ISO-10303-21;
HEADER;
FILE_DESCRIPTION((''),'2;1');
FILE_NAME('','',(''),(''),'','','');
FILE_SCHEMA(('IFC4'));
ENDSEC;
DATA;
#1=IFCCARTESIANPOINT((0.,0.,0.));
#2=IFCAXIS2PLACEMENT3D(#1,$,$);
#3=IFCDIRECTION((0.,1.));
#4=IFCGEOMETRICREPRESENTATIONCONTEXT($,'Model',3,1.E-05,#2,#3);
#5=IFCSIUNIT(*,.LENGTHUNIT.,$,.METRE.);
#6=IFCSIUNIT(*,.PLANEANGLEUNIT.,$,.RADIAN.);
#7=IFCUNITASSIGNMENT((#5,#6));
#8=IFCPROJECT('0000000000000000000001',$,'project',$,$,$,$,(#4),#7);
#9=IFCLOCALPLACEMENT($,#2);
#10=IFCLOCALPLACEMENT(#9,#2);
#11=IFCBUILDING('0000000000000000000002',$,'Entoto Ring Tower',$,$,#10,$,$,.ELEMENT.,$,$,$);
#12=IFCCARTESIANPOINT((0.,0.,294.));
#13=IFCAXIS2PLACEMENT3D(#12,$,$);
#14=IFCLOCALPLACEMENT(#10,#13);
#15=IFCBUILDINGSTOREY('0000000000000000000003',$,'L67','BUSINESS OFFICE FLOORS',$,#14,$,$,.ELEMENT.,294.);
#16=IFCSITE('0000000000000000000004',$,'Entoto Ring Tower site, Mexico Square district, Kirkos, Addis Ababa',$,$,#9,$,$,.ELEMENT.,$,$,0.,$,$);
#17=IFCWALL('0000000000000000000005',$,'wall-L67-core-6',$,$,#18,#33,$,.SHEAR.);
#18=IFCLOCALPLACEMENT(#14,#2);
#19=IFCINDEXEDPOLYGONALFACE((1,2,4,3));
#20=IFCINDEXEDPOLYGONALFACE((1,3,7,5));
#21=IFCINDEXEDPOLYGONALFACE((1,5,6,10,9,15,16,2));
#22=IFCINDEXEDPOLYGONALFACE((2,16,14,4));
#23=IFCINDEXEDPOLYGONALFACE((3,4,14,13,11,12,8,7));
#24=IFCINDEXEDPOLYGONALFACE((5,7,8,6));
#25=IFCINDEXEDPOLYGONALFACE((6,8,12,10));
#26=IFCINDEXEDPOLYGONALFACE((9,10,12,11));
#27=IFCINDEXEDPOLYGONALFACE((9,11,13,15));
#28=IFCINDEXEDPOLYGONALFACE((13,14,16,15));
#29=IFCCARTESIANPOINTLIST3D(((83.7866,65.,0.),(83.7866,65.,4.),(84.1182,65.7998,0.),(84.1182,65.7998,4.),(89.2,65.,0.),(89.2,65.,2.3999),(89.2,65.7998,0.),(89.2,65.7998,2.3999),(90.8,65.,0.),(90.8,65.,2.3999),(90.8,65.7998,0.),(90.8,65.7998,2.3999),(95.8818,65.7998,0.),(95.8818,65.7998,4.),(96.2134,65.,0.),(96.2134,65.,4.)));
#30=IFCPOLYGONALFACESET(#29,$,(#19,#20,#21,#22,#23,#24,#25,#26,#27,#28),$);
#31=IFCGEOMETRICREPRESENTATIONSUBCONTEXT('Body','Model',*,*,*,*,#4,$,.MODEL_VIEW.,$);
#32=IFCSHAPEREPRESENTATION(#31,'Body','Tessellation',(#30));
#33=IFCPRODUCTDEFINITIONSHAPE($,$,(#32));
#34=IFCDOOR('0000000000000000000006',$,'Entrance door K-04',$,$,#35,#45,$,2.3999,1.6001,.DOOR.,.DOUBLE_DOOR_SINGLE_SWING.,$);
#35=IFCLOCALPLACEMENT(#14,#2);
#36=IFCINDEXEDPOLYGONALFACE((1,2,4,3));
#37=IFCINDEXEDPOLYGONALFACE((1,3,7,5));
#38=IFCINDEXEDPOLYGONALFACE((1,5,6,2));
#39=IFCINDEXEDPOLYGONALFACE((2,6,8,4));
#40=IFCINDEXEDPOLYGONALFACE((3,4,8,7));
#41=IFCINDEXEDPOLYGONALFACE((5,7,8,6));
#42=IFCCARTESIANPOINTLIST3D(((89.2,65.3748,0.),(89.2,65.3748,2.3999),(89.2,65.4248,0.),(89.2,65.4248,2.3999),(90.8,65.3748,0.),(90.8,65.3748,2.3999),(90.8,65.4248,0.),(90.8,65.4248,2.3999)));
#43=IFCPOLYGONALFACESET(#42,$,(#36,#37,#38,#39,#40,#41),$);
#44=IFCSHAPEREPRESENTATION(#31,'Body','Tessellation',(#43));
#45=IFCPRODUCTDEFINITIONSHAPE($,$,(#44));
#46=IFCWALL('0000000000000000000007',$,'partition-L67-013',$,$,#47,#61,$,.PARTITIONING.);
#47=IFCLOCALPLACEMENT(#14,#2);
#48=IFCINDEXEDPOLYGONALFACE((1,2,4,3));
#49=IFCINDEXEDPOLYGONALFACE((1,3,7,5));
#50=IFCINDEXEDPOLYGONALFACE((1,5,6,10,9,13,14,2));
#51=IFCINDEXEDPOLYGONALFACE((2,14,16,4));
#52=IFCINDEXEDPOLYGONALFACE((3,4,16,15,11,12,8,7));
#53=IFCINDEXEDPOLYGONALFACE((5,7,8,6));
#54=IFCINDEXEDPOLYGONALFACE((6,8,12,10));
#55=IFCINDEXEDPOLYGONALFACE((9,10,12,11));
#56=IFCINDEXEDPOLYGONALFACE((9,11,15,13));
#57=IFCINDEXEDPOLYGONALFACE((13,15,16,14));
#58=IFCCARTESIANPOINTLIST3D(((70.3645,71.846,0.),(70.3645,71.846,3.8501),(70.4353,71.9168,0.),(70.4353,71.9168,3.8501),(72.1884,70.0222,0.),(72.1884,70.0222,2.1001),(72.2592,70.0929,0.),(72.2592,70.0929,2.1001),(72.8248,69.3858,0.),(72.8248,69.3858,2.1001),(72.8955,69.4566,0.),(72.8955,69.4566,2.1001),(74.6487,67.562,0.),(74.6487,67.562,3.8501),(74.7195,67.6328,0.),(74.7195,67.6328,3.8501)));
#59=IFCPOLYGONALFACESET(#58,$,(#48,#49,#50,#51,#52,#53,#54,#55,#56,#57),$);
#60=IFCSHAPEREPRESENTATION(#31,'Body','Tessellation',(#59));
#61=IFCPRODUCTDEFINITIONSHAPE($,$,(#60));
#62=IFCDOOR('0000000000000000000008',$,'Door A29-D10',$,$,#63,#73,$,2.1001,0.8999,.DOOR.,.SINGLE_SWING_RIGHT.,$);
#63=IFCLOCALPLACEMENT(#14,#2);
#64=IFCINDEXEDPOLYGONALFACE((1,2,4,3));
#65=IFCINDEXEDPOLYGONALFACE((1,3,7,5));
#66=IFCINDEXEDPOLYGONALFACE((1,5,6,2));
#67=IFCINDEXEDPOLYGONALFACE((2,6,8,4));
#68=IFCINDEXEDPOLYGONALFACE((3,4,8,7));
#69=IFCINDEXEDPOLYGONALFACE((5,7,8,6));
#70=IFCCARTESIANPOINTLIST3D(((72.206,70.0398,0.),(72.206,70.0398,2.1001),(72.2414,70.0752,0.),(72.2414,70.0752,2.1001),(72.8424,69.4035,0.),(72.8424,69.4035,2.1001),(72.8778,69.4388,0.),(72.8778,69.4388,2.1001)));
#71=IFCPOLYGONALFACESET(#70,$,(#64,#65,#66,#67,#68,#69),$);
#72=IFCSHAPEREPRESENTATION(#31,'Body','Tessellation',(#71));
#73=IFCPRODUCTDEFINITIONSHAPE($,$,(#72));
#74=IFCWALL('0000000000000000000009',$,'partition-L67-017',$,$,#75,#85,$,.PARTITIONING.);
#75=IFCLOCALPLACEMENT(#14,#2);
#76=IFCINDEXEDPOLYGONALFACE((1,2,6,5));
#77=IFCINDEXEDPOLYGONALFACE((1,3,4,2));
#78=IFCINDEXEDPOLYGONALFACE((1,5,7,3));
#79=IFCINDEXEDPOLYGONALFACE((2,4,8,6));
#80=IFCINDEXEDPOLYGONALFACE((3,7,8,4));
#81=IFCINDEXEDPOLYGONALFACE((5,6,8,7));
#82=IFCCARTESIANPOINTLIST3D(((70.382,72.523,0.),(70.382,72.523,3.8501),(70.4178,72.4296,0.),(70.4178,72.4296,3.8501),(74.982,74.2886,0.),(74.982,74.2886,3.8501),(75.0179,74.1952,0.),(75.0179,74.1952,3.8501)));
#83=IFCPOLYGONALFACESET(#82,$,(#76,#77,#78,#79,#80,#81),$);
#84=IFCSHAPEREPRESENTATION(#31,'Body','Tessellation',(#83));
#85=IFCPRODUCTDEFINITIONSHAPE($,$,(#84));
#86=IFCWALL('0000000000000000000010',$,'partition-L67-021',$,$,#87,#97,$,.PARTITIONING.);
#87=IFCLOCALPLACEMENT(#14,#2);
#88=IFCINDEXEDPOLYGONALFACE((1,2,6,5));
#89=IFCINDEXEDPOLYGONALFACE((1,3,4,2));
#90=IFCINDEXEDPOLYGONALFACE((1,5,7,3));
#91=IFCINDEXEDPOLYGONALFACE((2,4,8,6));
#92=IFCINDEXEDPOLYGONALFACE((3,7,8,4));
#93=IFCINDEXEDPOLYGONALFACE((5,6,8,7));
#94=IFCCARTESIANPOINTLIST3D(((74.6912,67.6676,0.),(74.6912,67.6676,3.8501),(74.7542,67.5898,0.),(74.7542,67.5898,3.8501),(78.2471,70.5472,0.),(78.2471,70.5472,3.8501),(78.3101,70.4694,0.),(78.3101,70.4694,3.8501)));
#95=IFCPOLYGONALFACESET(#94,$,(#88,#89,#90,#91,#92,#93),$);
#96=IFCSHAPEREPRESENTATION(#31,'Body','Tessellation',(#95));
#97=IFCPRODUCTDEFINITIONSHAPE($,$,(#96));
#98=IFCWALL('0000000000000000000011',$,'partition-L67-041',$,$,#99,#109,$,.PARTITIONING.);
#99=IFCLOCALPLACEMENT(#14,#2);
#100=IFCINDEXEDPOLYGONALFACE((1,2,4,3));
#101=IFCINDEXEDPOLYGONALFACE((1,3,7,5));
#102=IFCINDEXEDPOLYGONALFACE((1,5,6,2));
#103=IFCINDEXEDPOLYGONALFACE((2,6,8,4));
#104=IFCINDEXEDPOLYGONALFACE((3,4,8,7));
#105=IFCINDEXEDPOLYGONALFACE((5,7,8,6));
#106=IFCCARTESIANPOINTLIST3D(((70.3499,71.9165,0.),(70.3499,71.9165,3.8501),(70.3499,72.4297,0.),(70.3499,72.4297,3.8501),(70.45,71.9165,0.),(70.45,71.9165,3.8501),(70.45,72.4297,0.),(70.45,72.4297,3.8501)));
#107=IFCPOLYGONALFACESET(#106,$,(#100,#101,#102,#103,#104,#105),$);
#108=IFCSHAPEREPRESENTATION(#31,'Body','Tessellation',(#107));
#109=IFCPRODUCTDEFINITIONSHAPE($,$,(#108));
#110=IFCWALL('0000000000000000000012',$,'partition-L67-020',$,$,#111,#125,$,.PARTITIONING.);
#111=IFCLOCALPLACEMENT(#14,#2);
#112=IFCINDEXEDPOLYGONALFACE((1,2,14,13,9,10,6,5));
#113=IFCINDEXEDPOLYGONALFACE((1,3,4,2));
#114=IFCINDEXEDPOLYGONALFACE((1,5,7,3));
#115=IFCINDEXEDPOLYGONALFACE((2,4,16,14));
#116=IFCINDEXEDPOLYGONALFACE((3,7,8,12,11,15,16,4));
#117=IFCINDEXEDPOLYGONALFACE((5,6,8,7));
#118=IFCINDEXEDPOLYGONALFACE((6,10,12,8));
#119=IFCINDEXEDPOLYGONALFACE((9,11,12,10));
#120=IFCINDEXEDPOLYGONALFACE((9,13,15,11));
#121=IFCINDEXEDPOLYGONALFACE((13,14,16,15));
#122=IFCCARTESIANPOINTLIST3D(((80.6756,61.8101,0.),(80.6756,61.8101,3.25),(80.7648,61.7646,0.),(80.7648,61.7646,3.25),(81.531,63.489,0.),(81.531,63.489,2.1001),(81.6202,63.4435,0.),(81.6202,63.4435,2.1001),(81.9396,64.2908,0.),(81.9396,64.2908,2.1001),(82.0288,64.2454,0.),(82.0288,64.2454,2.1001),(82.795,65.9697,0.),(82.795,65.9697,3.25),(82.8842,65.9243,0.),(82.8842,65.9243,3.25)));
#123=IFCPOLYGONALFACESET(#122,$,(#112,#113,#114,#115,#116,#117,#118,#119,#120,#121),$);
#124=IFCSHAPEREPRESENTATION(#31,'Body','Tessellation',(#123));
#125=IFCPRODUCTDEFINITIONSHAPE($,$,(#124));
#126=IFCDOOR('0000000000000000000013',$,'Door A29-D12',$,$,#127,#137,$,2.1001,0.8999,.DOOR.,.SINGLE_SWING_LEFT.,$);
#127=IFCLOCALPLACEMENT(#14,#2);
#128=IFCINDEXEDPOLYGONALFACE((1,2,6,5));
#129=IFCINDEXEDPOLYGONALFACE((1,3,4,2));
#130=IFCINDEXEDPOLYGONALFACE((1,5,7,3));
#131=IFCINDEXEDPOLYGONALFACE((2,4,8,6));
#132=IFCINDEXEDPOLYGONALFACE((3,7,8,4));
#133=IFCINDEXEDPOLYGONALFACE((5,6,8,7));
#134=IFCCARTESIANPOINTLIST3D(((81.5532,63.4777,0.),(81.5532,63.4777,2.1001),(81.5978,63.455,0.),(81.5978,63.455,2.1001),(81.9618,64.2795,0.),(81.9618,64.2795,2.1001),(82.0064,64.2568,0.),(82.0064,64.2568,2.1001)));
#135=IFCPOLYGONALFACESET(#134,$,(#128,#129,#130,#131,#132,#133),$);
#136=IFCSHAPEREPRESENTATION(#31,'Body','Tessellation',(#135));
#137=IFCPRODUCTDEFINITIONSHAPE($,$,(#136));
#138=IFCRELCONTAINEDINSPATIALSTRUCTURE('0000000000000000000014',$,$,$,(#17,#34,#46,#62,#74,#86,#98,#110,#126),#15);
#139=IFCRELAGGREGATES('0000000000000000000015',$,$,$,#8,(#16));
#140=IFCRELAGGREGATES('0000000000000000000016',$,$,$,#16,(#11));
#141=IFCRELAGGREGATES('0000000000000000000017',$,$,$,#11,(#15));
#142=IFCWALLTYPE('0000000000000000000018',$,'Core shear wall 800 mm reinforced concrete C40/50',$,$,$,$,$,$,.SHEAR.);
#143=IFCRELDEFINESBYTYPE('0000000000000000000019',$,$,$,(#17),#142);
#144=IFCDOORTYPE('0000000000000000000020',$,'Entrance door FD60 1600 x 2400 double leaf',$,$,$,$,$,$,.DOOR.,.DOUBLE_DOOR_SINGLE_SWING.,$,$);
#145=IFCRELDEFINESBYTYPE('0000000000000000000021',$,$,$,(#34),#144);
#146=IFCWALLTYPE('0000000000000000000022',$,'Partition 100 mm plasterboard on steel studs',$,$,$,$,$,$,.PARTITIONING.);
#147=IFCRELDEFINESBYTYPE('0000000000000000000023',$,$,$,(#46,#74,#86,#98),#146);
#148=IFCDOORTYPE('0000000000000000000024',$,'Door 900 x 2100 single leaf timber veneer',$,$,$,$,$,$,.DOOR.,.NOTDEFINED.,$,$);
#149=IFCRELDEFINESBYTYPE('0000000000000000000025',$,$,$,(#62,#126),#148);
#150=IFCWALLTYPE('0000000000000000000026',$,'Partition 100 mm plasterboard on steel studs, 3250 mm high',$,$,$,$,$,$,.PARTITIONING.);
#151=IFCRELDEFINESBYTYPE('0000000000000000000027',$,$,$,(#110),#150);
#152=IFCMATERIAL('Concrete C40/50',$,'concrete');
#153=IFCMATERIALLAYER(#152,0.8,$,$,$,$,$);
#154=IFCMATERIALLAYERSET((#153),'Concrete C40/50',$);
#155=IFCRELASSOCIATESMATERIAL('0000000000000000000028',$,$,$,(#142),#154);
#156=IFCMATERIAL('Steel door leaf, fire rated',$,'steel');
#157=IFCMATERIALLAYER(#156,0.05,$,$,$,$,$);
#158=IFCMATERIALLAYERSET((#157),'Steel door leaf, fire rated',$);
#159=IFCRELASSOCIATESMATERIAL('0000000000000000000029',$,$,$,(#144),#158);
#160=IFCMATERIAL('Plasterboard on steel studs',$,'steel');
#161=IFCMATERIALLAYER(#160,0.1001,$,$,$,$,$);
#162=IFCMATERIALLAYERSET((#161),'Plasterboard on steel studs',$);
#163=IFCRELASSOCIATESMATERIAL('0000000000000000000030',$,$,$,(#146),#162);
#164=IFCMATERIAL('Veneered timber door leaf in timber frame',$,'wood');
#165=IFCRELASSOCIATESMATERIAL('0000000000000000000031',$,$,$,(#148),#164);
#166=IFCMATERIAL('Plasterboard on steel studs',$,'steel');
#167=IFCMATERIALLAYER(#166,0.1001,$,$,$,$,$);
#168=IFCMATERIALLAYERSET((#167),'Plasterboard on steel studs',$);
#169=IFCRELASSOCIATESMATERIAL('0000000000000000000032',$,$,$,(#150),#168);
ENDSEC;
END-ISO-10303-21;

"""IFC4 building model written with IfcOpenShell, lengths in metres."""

from ifc_helpers import new_model, si_unit, direction, frame, frame_2d, origin, place, context, subcontext, project, spatial, polyline, rectangle, outline, extrude, material, layer, layer_set, type_object, element, fill, save


model = new_model("IFC4")

# Units and contexts
model_context = context("Model", 3, precision=1e-05, world=origin(), true_north=direction((0.0, 1.0)))
body_context = subcontext(model_context, "Body", "Model", "MODEL_VIEW")
ifc_project = project(units=[si_unit("LENGTHUNIT", "METRE"), si_unit("PLANEANGLEUNIT", "RADIAN")], contexts=[model_context])

# Site, building, storey
site_placement = place(None, origin())
site = spatial("IfcSite", under=ifc_project, at=site_placement, Name="Entoto Ring Tower site, Mexico Square district, Kirkos, Addis Ababa", CompositionType="ELEMENT", RefElevation=0.0)
building_placement = place(site_placement, origin())
building = spatial("IfcBuilding", under=site, at=building_placement, Name="Entoto Ring Tower", CompositionType="ELEMENT")
storey_placement = place(building_placement, frame((0.0, 0.0, 294.0)))
storey = spatial("IfcBuildingStorey", under=building, at=storey_placement, Name="L67", Description="BUSINESS OFFICE FLOORS", CompositionType="ELEMENT", Elevation=294.0)

# Walls, openings, doors
ifc_material_1 = material(Name="Concrete C40/50", Category="concrete")
ifc_layer_1 = layer(ifc_material_1, 0.8)
ifc_layer_set_1 = layer_set([ifc_layer_1], Name="Concrete C40/50")
wall_type_1 = type_object("IfcWallType", Name="Core shear wall 800 mm reinforced concrete C40/50", PredefinedType="SHEAR", material=ifc_layer_set_1)
wall_1_placement = place(storey_placement, frame((83.9524, 65.3999, 0.0), z_axis=(0.0, 0.0, 1.0), x_axis=(1.0, 0.0, 0.0)))
wall_1 = element("IfcWall", 1, at=wall_1_placement, inside=storey, type_object=wall_type_1, Name="wall-L67-core-6", PredefinedType="SHEAR", context=body_context, shape_type="SweptSolid", body=[
    extrude(outline(polyline([(-0.1658, -0.3999), (12.261, -0.3999), (11.9294, 0.3999), (0.1658, 0.3999), (-0.1658, -0.3999)])), origin(), (0.0, 0.0, 1.0), 4.0),
])
opening_1_placement = place(wall_1_placement, frame((5.2476, 0.0, 0.0)))
opening_1 = element("IfcOpeningElement", 2, at=opening_1_placement, cuts=wall_1, PredefinedType="OPENING", context=body_context, shape_type="SweptSolid", body=[
    extrude(rectangle(XDim=1.6001, YDim=2.3999, at=frame_2d((0.8, 1.2))), frame((0.0, 0.4102, 0.0), z_axis=(0.0, -1.0, 0.0), x_axis=(1.0, 0.0, 0.0)), (0.0, 0.0, 1.0), 0.8201),
])
ifc_material_2 = material(Name="Steel door leaf, fire rated", Category="steel")
ifc_layer_2 = layer(ifc_material_2, 0.05)
ifc_layer_set_2 = layer_set([ifc_layer_2], Name="Steel door leaf, fire rated")
door_type_1 = type_object("IfcDoorType", Name="Entrance door FD60 1600 x 2400 double leaf", OperationType="DOUBLE_DOOR_SINGLE_SWING", PredefinedType="DOOR", material=ifc_layer_set_2)
door_1_placement = place(opening_1_placement, origin())
door_1 = element("IfcDoor", 3, at=door_1_placement, inside=storey, type_object=door_type_1, Name="Entrance door K-04", OperationType="DOUBLE_DOOR_SINGLE_SWING", OverallHeight=2.3999, OverallWidth=1.6001, PredefinedType="DOOR", context=body_context, shape_type="SweptSolid", body=[
    extrude(rectangle(XDim=1.6001, YDim=2.3999, at=frame_2d((0.8, 1.2))), frame((0.0, 0.0249, 0.0), z_axis=(0.0, -1.0, 0.0), x_axis=(1.0, 0.0, 0.0)), (0.0, 0.0, 1.0), 0.05),
])
fill(opening_1, door_1)
ifc_material_3 = material(Name="Plasterboard on steel studs", Category="steel")
ifc_layer_3 = layer(ifc_material_3, 0.1001)
ifc_layer_set_3 = layer_set([ifc_layer_3], Name="Plasterboard on steel studs")
wall_type_2 = type_object("IfcWallType", Name="Partition 100 mm plasterboard on steel studs", PredefinedType="PARTITIONING", material=ifc_layer_set_3)
wall_2_placement = place(storey_placement, frame((74.6841, 67.5974, 0.0), z_axis=(0.0, 0.0, 1.0), x_axis=(-0.707127, 0.707087, 0.0)))
wall_2 = element("IfcWall", 4, at=wall_2_placement, inside=storey, type_object=wall_type_2, Name="partition-L67-013", PredefinedType="PARTITIONING", context=body_context, shape_type="SweptSolid", body=[
    extrude(rectangle(XDim=6.0586, YDim=0.1001, at=frame_2d((3.0293, 0.0))), origin(), (0.0, 0.0, 1.0), 3.8501),
])
opening_2_placement = place(wall_2_placement, frame((2.5793, 0.0, 0.0)))
opening_2 = element("IfcOpeningElement", 5, at=opening_2_placement, cuts=wall_2, PredefinedType="OPENING", context=body_context, shape_type="SweptSolid", body=[
    extrude(rectangle(XDim=0.8999, YDim=2.1001, at=frame_2d((0.45, 1.05))), frame((0.0, 0.0601, 0.0), z_axis=(0.0, -1.0, 0.0), x_axis=(1.0, 0.0, 0.0)), (0.0, 0.0, 1.0), 0.1201),
])
ifc_material_4 = material(Name="Veneered timber door leaf in timber frame", Category="wood")
door_type_2 = type_object("IfcDoorType", Name="Door 900 x 2100 single leaf timber veneer", OperationType="NOTDEFINED", PredefinedType="DOOR", material=ifc_material_4)
door_2_placement = place(opening_2_placement, frame((0.8999, 0.0, 0.0), z_axis=(0.0, 0.0, 1.0), x_axis=(-1.0, 0.0, 0.0)))
door_2 = element("IfcDoor", 6, at=door_2_placement, inside=storey, type_object=door_type_2, Name="Door A29-D10", OperationType="SINGLE_SWING_RIGHT", OverallHeight=2.1001, OverallWidth=0.8999, PredefinedType="DOOR", context=body_context, shape_type="SweptSolid", body=[
    extrude(rectangle(XDim=0.8999, YDim=2.1001, at=frame_2d((0.45, 1.05))), frame((0.0, 0.0249, 0.0), z_axis=(0.0, -1.0, 0.0), x_axis=(1.0, 0.0, 0.0)), (0.0, 0.0, 1.0), 0.05),
])
fill(opening_2, door_2)

# Walls
wall_3_placement = place(storey_placement, frame((70.3999, 72.4763, 0.0), z_axis=(0.0, 0.0, 1.0), x_axis=(0.933593, 0.358335, 0.0)))
element("IfcWall", 7, at=wall_3_placement, inside=storey, type_object=wall_type_2, Name="partition-L67-017", PredefinedType="PARTITIONING", context=body_context, shape_type="SweptSolid", body=[
    extrude(rectangle(XDim=4.9272, YDim=0.1001, at=frame_2d((2.4636, 0.0))), origin(), (0.0, 0.0, 1.0), 3.8501),
])
wall_4_placement = place(storey_placement, frame((74.7227, 67.6287, 0.0), z_axis=(0.0, 0.0, 1.0), x_axis=(0.777133, 0.629336, 0.0)))
element("IfcWall", 8, at=wall_4_placement, inside=storey, type_object=wall_type_2, Name="partition-L67-021", PredefinedType="PARTITIONING", context=body_context, shape_type="SweptSolid", body=[
    extrude(rectangle(XDim=4.5757, YDim=0.1001, at=frame_2d((2.2878, 0.0))), origin(), (0.0, 0.0, 1.0), 3.8501),
])
wall_5_placement = place(storey_placement, frame((70.3999, 71.9165, 0.0), z_axis=(0.0, 0.0, 1.0), x_axis=(0.0, 1.0, 0.0)))
element("IfcWall", 9, at=wall_5_placement, inside=storey, type_object=wall_type_2, Name="partition-L67-041", PredefinedType="PARTITIONING", context=body_context, shape_type="SweptSolid", body=[
    extrude(rectangle(XDim=0.5132, YDim=0.1001, at=frame_2d((0.2566, 0.0))), origin(), (0.0, 0.0, 1.0), 3.8501),
])

# Wall, opening, door
ifc_material_5 = material(Name="Plasterboard on steel studs", Category="steel")
ifc_layer_4 = layer(ifc_material_5, 0.1001)
ifc_layer_set_4 = layer_set([ifc_layer_4], Name="Plasterboard on steel studs")
wall_type_3 = type_object("IfcWallType", Name="Partition 100 mm plasterboard on steel studs, 3250 mm high", PredefinedType="PARTITIONING", material=ifc_layer_set_4)
wall_6_placement = place(storey_placement, frame((80.7202, 61.7874, 0.0), z_axis=(0.0, 0.0, 1.0), x_axis=(0.453978, 0.891013, 0.0)))
wall_6 = element("IfcWall", 10, at=wall_6_placement, inside=storey, type_object=wall_type_3, Name="partition-L67-020", PredefinedType="PARTITIONING", context=body_context, shape_type="SweptSolid", body=[
    extrude(rectangle(XDim=4.6685, YDim=0.1001, at=frame_2d((2.3342, 0.0))), origin(), (0.0, 0.0, 1.0), 3.25),
])
opening_3_placement = place(wall_6_placement, frame((1.8843, 0.0, 0.0)))
opening_3 = element("IfcOpeningElement", 11, at=opening_3_placement, cuts=wall_6, PredefinedType="OPENING", context=body_context, shape_type="SweptSolid", body=[
    extrude(rectangle(XDim=0.8999, YDim=2.1001, at=frame_2d((0.45, 1.05))), frame((0.0, 0.0601, 0.0), z_axis=(0.0, -1.0, 0.0), x_axis=(1.0, 0.0, 0.0)), (0.0, 0.0, 1.0), 0.1201),
])
door_3_placement = place(opening_3_placement, frame((0.8999, 0.0, 0.0), z_axis=(0.0, 0.0, 1.0), x_axis=(-1.0, 0.0, 0.0)))
door_3 = element("IfcDoor", 12, at=door_3_placement, inside=storey, type_object=door_type_2, Name="Door A29-D12", OperationType="SINGLE_SWING_LEFT", OverallHeight=2.1001, OverallWidth=0.8999, PredefinedType="DOOR", context=body_context, shape_type="SweptSolid", body=[
    extrude(rectangle(XDim=0.8999, YDim=2.1001, at=frame_2d((0.45, 1.05))), frame((0.0, 0.0249, 0.0), z_axis=(0.0, -1.0, 0.0), x_axis=(1.0, 0.0, 0.0)), (0.0, 0.0, 1.0), 0.05),
])
fill(opening_3, door_3)

save(model, "model.ifc")
